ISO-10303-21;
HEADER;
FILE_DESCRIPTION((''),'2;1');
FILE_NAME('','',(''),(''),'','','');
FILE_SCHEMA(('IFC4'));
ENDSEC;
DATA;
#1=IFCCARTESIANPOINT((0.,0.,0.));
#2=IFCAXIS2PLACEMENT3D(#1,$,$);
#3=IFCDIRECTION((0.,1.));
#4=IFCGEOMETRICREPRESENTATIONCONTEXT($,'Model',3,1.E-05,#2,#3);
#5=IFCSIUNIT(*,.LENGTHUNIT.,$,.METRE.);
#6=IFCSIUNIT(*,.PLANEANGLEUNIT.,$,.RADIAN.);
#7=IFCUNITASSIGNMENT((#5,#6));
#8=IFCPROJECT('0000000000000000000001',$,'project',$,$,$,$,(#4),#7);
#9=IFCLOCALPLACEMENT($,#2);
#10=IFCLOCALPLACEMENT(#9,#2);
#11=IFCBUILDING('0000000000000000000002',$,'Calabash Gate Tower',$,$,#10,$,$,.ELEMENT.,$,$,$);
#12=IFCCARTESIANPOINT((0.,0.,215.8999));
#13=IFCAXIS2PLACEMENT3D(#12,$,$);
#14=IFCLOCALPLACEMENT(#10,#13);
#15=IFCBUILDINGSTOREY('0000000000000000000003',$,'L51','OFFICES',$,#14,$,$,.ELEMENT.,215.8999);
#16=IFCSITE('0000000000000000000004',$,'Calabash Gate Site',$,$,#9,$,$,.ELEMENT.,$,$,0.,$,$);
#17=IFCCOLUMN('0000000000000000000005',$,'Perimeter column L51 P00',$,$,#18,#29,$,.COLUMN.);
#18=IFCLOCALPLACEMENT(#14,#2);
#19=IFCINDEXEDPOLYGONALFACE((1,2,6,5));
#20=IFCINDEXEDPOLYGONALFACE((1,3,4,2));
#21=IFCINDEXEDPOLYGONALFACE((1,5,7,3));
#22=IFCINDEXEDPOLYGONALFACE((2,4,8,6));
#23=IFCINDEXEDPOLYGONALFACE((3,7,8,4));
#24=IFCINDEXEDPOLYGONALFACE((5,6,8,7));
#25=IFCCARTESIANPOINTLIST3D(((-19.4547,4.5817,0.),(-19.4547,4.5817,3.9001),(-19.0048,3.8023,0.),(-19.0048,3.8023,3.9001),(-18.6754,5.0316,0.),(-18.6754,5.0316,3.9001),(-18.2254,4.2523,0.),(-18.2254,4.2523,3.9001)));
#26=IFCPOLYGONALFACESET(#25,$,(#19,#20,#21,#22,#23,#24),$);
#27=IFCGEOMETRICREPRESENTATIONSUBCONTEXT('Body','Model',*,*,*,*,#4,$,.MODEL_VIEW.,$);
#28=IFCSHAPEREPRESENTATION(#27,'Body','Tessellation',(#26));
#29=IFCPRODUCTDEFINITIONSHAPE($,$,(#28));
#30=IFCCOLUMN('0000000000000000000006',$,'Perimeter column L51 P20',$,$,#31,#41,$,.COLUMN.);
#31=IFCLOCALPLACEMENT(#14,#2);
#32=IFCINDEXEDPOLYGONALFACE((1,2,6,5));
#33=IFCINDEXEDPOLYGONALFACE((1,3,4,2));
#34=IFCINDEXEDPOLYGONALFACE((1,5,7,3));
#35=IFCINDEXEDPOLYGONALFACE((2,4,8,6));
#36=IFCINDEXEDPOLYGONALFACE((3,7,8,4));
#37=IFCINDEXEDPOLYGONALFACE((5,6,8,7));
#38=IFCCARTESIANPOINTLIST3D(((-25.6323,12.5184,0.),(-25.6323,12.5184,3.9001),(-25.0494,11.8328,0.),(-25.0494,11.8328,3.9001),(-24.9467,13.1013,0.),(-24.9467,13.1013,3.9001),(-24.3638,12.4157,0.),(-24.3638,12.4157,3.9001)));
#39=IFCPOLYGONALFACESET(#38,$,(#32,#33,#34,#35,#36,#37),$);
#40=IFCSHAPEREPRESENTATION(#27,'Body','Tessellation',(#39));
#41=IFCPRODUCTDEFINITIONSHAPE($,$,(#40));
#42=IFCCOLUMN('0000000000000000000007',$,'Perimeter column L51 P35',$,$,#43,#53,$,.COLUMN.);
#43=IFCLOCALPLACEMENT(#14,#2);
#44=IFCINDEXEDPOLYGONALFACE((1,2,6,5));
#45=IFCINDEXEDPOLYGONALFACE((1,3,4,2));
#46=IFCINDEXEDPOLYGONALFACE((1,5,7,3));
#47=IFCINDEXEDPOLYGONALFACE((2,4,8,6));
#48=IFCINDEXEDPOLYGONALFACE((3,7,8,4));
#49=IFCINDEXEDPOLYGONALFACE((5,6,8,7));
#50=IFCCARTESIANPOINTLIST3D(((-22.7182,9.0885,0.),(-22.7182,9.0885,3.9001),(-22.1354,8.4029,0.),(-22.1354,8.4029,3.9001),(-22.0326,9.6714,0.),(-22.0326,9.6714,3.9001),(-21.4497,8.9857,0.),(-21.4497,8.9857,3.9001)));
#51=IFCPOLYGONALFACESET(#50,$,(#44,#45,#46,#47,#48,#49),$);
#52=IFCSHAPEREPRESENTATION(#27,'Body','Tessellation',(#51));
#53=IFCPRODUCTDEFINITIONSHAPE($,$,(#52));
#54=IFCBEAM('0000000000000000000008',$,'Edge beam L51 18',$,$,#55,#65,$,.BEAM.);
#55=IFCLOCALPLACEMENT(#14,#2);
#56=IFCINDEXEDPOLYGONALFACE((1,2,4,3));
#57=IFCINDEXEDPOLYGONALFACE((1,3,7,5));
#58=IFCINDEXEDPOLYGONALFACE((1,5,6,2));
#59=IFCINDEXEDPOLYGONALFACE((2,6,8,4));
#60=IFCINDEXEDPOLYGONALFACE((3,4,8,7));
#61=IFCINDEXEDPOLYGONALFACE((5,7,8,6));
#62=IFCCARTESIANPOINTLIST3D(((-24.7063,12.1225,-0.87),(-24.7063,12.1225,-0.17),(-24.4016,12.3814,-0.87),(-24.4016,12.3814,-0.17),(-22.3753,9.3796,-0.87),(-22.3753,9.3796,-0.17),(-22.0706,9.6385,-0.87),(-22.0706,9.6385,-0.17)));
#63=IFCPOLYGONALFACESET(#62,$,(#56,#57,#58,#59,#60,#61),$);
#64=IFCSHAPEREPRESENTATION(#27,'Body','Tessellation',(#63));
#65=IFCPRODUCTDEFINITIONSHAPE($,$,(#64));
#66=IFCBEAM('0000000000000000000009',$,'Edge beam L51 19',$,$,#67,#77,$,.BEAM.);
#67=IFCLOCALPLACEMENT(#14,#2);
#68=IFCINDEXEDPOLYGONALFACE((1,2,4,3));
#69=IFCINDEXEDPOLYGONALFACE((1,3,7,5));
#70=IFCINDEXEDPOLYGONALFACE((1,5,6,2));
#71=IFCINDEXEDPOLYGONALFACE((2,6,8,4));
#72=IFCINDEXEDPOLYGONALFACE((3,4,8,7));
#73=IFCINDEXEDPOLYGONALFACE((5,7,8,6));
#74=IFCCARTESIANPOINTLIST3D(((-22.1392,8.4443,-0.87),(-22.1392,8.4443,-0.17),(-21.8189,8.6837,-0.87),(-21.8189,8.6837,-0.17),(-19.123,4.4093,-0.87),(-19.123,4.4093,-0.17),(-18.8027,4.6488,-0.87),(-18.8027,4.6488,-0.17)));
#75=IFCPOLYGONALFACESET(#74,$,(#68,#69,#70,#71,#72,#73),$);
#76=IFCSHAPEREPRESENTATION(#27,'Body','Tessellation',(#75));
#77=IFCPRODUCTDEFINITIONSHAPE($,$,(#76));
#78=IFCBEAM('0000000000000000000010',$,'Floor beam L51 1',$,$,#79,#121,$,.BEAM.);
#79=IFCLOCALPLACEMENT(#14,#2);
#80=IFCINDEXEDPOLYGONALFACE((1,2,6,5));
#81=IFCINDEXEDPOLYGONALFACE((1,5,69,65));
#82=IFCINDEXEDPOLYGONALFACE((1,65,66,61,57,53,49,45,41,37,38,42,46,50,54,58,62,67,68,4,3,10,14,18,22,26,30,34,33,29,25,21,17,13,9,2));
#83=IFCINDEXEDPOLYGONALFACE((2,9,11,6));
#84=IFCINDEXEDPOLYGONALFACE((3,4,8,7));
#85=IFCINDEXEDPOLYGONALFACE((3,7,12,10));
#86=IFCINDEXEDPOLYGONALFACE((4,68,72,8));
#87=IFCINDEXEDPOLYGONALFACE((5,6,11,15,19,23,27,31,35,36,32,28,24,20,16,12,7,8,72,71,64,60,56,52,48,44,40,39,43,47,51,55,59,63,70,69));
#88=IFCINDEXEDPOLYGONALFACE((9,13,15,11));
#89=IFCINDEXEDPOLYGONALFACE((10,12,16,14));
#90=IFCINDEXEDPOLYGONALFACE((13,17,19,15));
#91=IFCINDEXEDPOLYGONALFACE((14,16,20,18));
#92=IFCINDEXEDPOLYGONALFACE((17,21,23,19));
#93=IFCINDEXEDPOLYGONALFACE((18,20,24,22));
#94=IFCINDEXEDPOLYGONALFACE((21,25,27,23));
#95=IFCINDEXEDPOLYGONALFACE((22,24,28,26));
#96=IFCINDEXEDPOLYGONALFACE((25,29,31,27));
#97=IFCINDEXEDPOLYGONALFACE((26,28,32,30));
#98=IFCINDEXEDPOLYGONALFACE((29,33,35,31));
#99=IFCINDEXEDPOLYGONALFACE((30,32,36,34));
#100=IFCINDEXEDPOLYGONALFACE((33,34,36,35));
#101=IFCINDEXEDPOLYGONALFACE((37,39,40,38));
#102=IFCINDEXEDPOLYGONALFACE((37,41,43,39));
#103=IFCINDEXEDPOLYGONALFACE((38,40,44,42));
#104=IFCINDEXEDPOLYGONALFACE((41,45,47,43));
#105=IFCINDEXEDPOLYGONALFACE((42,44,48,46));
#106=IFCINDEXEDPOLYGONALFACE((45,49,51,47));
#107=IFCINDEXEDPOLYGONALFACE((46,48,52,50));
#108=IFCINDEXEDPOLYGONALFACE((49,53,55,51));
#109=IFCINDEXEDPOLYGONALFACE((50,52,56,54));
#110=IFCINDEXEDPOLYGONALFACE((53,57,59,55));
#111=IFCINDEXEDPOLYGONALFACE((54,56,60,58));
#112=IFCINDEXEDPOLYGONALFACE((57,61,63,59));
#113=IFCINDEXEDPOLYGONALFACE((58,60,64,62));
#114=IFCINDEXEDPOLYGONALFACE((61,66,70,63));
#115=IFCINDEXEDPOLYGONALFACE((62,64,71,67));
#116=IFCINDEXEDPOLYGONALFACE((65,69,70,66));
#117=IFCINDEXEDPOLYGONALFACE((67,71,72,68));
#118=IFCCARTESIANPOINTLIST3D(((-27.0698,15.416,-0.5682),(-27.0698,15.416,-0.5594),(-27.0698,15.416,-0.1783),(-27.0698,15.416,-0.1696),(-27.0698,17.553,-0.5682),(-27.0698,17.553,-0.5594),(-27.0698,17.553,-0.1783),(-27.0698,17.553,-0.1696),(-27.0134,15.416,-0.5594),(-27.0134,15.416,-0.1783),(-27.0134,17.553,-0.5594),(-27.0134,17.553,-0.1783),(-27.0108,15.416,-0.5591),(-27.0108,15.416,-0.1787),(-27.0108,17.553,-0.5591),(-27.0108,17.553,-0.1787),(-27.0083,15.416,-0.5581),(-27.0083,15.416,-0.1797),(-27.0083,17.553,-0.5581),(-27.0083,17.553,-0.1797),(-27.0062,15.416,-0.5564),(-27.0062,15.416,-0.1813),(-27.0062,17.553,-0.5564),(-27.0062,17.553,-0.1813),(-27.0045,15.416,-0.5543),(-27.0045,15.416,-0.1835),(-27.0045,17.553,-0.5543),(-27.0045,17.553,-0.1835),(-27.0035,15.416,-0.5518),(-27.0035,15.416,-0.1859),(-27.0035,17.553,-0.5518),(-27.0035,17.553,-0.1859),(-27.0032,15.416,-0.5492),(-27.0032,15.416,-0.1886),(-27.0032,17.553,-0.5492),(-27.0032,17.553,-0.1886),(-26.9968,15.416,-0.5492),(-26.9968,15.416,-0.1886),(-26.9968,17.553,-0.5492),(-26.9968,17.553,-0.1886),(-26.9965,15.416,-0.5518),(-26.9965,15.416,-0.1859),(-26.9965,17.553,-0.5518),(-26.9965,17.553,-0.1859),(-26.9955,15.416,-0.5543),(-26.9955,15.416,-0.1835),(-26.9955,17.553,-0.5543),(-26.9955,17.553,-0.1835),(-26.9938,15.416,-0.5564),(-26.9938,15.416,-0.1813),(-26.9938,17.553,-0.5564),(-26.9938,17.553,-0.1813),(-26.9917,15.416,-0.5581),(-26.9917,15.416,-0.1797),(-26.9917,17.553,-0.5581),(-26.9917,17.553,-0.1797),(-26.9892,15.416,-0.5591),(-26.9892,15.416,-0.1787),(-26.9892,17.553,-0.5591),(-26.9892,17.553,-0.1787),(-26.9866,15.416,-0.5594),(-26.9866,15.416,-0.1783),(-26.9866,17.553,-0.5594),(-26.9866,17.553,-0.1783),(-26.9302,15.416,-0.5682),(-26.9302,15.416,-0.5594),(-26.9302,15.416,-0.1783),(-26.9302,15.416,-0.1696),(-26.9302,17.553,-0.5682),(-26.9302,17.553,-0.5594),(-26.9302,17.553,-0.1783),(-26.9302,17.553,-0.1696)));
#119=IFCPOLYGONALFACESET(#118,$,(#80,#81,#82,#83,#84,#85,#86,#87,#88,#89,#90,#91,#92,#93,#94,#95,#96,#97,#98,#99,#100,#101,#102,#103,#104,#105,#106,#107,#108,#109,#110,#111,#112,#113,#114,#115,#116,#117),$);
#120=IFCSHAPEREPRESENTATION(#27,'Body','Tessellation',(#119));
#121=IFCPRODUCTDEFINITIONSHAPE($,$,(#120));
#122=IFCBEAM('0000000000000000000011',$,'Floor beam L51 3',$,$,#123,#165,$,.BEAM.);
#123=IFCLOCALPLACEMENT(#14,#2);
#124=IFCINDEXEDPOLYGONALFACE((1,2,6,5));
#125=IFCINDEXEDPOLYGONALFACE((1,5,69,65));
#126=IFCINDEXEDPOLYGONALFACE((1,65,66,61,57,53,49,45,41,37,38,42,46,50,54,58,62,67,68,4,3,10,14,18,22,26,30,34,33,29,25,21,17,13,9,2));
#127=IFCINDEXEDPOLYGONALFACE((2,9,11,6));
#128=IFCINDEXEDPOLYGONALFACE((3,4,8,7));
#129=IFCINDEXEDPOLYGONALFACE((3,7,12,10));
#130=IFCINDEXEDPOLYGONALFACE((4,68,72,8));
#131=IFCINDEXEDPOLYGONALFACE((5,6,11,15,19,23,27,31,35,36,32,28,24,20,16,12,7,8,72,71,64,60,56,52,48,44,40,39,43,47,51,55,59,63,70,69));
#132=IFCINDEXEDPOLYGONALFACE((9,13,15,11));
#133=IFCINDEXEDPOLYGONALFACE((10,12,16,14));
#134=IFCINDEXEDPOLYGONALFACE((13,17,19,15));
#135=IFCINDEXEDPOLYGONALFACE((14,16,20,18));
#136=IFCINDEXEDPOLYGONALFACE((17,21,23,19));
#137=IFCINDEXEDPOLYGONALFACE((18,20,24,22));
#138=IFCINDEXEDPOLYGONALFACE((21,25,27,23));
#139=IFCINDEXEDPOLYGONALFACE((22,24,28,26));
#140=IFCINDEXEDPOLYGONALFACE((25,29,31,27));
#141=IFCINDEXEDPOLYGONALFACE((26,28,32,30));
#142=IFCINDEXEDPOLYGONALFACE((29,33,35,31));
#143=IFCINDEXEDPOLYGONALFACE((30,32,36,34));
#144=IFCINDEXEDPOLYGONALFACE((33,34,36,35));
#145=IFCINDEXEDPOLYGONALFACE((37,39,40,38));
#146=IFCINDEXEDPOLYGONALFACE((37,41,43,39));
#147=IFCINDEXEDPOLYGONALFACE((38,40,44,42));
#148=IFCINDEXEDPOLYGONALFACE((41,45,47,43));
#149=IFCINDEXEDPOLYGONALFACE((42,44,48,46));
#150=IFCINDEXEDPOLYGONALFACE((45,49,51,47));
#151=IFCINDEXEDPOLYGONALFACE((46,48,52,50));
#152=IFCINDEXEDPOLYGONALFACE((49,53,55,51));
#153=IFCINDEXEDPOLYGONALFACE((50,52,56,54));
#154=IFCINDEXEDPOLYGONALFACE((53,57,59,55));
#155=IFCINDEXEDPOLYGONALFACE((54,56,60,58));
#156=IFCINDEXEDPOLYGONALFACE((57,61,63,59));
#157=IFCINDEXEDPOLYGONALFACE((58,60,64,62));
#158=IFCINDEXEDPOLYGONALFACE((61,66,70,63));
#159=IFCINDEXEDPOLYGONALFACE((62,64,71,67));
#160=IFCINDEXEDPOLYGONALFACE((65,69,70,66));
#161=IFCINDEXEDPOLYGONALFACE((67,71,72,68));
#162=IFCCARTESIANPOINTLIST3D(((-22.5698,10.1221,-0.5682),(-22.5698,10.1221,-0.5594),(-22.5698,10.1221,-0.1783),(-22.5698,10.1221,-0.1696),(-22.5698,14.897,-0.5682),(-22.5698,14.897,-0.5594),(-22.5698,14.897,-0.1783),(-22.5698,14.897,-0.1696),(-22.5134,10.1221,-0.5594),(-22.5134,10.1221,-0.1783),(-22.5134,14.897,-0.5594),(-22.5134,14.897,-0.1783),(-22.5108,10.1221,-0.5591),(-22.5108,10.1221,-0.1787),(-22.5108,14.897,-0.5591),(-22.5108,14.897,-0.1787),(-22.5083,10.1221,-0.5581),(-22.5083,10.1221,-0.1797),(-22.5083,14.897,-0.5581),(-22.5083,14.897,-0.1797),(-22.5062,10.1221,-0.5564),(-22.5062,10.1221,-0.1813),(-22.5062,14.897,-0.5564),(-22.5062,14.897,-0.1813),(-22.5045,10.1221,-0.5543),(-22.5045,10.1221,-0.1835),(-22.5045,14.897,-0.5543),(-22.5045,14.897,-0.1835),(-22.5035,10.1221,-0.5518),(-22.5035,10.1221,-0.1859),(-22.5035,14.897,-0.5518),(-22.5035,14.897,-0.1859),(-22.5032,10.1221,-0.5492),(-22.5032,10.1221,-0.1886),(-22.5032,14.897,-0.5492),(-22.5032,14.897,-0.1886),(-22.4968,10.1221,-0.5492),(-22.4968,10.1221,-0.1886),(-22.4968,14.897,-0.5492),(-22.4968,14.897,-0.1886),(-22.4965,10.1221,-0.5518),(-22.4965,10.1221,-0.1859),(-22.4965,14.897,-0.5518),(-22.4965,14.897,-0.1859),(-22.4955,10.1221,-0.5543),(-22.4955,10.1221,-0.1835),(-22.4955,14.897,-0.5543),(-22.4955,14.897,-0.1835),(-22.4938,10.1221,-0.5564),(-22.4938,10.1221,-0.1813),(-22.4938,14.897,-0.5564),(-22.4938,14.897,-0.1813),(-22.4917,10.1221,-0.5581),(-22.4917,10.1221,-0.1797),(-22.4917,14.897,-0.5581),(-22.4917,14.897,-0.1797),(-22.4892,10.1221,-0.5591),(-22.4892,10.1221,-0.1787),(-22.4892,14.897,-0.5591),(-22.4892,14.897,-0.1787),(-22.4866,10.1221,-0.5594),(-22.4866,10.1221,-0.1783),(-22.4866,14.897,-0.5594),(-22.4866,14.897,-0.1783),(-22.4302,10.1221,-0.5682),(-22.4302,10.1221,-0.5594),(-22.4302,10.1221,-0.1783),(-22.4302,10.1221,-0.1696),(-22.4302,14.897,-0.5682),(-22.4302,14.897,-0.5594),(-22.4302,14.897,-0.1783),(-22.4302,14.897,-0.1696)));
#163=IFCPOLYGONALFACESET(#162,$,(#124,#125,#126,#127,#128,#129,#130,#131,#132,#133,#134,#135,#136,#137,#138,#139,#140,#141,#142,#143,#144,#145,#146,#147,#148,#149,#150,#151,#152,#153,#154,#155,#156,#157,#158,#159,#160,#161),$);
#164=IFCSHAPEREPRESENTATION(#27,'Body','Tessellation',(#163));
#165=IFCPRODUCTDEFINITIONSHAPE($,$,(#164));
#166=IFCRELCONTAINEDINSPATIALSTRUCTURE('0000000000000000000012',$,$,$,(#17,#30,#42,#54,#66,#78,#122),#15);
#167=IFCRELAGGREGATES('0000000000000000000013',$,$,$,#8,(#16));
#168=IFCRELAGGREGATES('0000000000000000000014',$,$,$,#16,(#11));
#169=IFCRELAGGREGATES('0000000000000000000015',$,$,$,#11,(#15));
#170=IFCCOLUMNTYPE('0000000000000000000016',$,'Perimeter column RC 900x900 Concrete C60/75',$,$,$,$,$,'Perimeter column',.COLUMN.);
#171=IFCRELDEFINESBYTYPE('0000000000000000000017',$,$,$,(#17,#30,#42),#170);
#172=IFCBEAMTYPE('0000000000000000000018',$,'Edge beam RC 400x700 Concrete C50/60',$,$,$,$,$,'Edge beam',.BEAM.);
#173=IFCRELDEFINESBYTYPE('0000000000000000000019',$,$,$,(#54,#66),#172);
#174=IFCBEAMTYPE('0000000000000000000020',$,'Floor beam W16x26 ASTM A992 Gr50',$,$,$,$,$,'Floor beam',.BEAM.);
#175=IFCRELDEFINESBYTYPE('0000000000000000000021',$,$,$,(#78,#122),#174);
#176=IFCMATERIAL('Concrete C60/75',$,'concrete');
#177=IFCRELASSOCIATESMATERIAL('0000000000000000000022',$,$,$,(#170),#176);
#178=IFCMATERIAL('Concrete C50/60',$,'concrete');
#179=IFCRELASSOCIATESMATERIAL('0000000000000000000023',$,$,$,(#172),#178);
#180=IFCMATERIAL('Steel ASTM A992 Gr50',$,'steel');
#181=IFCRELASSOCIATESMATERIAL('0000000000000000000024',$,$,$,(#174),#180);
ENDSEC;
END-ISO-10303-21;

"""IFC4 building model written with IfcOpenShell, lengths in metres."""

from ifc_helpers import new_model, si_unit, direction, frame, origin, origin_2d, place, context, subcontext, project, spatial, rectangle, i_section, extrude, material, material_profile, profile_set, type_object, element, save


model = new_model("IFC4")

# Units and contexts
model_context = context("Model", 3, precision=1e-05, world=origin(), true_north=direction((0.0, 1.0)))
body_context = subcontext(model_context, "Body", "Model", "MODEL_VIEW")
ifc_project = project(units=[si_unit("LENGTHUNIT", "METRE"), si_unit("PLANEANGLEUNIT", "RADIAN")], contexts=[model_context])

# Site, building, storey
site_placement = place(None, origin())
site = spatial("IfcSite", under=ifc_project, at=site_placement, Name="Calabash Gate Site", CompositionType="ELEMENT", RefElevation=0.0)
building_placement = place(site_placement, origin())
building = spatial("IfcBuilding", under=site, at=building_placement, Name="Calabash Gate Tower", CompositionType="ELEMENT")
storey_placement = place(building_placement, frame((0.0, 0.0, 215.8999)))
storey = spatial("IfcBuildingStorey", under=building, at=storey_placement, Name="L51", Description="OFFICES", CompositionType="ELEMENT", Elevation=215.8999)

# Columns
ifc_material_1 = material(Name="Concrete C60/75", Category="concrete")
ifc_material_profile_1 = material_profile(ifc_material_1, rectangle(XDim=0.8999, YDim=0.8999, at=origin_2d()))
ifc_profile_set_1 = profile_set([ifc_material_profile_1], Name="Concrete C60/75")
column_type = type_object("IfcColumnType", Name="Perimeter column RC 900x900 Concrete C60/75", ElementType="Perimeter column", PredefinedType="COLUMN", material=ifc_profile_set_1)
for number, where, z_axis, x_axis, name in (
    (1, (-18.8401, 4.417, 0.0), (0.0, 0.0, 1.0), (0.5, -0.866025, 0.0), "Perimeter column L51 P00"),
    (2, (-24.998, 12.467, 0.0), (0.0, 0.0, 1.0), (0.647704, -0.761892, 0.0), "Perimeter column L51 P20"),
    (3, (-22.084, 9.0371, 0.0), (0.0, 0.0, 1.0), (0.647704, -0.761892, 0.0), "Perimeter column L51 P35"),
):
    element("IfcColumn", number, at=place(storey_placement, frame(where, z_axis=z_axis, x_axis=x_axis)), inside=storey, type_object=column_type, Name=name, PredefinedType="COLUMN", context=body_context, shape_type="SweptSolid", body=[
        extrude(rectangle(XDim=0.8999, YDim=0.8999, at=origin_2d()), origin(), (0.0, 0.0, 1.0), 3.9001),
    ])

# Beams
ifc_material_2 = material(Name="Concrete C50/60", Category="concrete")
ifc_material_profile_2 = material_profile(ifc_material_2, rectangle(XDim=0.3999, YDim=0.7, at=origin_2d()))
ifc_profile_set_2 = profile_set([ifc_material_profile_2], Name="Concrete C50/60")
beam_type_1 = type_object("IfcBeamType", Name="Edge beam RC 400x700 Concrete C50/60", ElementType="Edge beam", PredefinedType="BEAM", material=ifc_profile_set_2)
beam_1_placement = place(storey_placement, frame((-24.554, 12.252, -0.52), z_axis=(0.64758, -0.761998, 0.0), x_axis=(0.761998, 0.64758, 0.0)))
element("IfcBeam", 4, at=beam_1_placement, inside=storey, type_object=beam_type_1, Name="Edge beam L51 18", PredefinedType="BEAM", context=body_context, shape_type="SweptSolid", body=[
    extrude(rectangle(XDim=0.3999, YDim=0.7, at=origin_2d()), origin(), (0.0, 0.0, 1.0), 3.5996),
])
beam_2_placement = place(storey_placement, frame((-21.979, 8.564, -0.52), z_axis=(0.59872, -0.800959, 0.0), x_axis=(0.800959, 0.59872, 0.0)))
element("IfcBeam", 5, at=beam_2_placement, inside=storey, type_object=beam_type_1, Name="Edge beam L51 19", PredefinedType="BEAM", context=body_context, shape_type="SweptSolid", body=[
    extrude(rectangle(XDim=0.3999, YDim=0.7, at=origin_2d()), origin(), (0.0, 0.0, 1.0), 5.0376),
])
ifc_material_3 = material(Name="Steel ASTM A992 Gr50", Category="steel")
ifc_material_profile_3 = material_profile(ifc_material_3, i_section(OverallWidth=0.1396, OverallDepth=0.3987, WebThickness=0.0063, FlangeThickness=0.0088, FilletRadius=0.0103, at=origin_2d()))
ifc_profile_set_3 = profile_set([ifc_material_profile_3], Name="Steel ASTM A992 Gr50")
beam_type_2 = type_object("IfcBeamType", Name="Floor beam W16x26 ASTM A992 Gr50", ElementType="Floor beam", PredefinedType="BEAM", material=ifc_profile_set_3)
beam_3_placement = place(storey_placement, frame((-27.0, 15.416, -0.3689), z_axis=(0.0, 1.0, 0.0), x_axis=(-1.0, 0.0, 0.0)))
element("IfcBeam", 6, at=beam_3_placement, inside=storey, type_object=beam_type_2, Name="Floor beam L51 1", PredefinedType="BEAM", context=body_context, shape_type="SweptSolid", body=[
    extrude(i_section(OverallWidth=0.1396, OverallDepth=0.3987, WebThickness=0.0063, FlangeThickness=0.0088, FilletRadius=0.0103, at=origin_2d()), origin(), (0.0, 0.0, 1.0), 2.137),
])
beam_4_placement = place(storey_placement, frame((-22.5, 10.1221, -0.3689), z_axis=(0.0, 1.0, 0.0), x_axis=(-1.0, 0.0, 0.0)))
element("IfcBeam", 7, at=beam_4_placement, inside=storey, type_object=beam_type_2, Name="Floor beam L51 3", PredefinedType="BEAM", context=body_context, shape_type="SweptSolid", body=[
    extrude(i_section(OverallWidth=0.1396, OverallDepth=0.3987, WebThickness=0.0063, FlangeThickness=0.0088, FilletRadius=0.0103, at=origin_2d()), origin(), (0.0, 0.0, 1.0), 4.7749),
])

save(model, "model.ifc")
